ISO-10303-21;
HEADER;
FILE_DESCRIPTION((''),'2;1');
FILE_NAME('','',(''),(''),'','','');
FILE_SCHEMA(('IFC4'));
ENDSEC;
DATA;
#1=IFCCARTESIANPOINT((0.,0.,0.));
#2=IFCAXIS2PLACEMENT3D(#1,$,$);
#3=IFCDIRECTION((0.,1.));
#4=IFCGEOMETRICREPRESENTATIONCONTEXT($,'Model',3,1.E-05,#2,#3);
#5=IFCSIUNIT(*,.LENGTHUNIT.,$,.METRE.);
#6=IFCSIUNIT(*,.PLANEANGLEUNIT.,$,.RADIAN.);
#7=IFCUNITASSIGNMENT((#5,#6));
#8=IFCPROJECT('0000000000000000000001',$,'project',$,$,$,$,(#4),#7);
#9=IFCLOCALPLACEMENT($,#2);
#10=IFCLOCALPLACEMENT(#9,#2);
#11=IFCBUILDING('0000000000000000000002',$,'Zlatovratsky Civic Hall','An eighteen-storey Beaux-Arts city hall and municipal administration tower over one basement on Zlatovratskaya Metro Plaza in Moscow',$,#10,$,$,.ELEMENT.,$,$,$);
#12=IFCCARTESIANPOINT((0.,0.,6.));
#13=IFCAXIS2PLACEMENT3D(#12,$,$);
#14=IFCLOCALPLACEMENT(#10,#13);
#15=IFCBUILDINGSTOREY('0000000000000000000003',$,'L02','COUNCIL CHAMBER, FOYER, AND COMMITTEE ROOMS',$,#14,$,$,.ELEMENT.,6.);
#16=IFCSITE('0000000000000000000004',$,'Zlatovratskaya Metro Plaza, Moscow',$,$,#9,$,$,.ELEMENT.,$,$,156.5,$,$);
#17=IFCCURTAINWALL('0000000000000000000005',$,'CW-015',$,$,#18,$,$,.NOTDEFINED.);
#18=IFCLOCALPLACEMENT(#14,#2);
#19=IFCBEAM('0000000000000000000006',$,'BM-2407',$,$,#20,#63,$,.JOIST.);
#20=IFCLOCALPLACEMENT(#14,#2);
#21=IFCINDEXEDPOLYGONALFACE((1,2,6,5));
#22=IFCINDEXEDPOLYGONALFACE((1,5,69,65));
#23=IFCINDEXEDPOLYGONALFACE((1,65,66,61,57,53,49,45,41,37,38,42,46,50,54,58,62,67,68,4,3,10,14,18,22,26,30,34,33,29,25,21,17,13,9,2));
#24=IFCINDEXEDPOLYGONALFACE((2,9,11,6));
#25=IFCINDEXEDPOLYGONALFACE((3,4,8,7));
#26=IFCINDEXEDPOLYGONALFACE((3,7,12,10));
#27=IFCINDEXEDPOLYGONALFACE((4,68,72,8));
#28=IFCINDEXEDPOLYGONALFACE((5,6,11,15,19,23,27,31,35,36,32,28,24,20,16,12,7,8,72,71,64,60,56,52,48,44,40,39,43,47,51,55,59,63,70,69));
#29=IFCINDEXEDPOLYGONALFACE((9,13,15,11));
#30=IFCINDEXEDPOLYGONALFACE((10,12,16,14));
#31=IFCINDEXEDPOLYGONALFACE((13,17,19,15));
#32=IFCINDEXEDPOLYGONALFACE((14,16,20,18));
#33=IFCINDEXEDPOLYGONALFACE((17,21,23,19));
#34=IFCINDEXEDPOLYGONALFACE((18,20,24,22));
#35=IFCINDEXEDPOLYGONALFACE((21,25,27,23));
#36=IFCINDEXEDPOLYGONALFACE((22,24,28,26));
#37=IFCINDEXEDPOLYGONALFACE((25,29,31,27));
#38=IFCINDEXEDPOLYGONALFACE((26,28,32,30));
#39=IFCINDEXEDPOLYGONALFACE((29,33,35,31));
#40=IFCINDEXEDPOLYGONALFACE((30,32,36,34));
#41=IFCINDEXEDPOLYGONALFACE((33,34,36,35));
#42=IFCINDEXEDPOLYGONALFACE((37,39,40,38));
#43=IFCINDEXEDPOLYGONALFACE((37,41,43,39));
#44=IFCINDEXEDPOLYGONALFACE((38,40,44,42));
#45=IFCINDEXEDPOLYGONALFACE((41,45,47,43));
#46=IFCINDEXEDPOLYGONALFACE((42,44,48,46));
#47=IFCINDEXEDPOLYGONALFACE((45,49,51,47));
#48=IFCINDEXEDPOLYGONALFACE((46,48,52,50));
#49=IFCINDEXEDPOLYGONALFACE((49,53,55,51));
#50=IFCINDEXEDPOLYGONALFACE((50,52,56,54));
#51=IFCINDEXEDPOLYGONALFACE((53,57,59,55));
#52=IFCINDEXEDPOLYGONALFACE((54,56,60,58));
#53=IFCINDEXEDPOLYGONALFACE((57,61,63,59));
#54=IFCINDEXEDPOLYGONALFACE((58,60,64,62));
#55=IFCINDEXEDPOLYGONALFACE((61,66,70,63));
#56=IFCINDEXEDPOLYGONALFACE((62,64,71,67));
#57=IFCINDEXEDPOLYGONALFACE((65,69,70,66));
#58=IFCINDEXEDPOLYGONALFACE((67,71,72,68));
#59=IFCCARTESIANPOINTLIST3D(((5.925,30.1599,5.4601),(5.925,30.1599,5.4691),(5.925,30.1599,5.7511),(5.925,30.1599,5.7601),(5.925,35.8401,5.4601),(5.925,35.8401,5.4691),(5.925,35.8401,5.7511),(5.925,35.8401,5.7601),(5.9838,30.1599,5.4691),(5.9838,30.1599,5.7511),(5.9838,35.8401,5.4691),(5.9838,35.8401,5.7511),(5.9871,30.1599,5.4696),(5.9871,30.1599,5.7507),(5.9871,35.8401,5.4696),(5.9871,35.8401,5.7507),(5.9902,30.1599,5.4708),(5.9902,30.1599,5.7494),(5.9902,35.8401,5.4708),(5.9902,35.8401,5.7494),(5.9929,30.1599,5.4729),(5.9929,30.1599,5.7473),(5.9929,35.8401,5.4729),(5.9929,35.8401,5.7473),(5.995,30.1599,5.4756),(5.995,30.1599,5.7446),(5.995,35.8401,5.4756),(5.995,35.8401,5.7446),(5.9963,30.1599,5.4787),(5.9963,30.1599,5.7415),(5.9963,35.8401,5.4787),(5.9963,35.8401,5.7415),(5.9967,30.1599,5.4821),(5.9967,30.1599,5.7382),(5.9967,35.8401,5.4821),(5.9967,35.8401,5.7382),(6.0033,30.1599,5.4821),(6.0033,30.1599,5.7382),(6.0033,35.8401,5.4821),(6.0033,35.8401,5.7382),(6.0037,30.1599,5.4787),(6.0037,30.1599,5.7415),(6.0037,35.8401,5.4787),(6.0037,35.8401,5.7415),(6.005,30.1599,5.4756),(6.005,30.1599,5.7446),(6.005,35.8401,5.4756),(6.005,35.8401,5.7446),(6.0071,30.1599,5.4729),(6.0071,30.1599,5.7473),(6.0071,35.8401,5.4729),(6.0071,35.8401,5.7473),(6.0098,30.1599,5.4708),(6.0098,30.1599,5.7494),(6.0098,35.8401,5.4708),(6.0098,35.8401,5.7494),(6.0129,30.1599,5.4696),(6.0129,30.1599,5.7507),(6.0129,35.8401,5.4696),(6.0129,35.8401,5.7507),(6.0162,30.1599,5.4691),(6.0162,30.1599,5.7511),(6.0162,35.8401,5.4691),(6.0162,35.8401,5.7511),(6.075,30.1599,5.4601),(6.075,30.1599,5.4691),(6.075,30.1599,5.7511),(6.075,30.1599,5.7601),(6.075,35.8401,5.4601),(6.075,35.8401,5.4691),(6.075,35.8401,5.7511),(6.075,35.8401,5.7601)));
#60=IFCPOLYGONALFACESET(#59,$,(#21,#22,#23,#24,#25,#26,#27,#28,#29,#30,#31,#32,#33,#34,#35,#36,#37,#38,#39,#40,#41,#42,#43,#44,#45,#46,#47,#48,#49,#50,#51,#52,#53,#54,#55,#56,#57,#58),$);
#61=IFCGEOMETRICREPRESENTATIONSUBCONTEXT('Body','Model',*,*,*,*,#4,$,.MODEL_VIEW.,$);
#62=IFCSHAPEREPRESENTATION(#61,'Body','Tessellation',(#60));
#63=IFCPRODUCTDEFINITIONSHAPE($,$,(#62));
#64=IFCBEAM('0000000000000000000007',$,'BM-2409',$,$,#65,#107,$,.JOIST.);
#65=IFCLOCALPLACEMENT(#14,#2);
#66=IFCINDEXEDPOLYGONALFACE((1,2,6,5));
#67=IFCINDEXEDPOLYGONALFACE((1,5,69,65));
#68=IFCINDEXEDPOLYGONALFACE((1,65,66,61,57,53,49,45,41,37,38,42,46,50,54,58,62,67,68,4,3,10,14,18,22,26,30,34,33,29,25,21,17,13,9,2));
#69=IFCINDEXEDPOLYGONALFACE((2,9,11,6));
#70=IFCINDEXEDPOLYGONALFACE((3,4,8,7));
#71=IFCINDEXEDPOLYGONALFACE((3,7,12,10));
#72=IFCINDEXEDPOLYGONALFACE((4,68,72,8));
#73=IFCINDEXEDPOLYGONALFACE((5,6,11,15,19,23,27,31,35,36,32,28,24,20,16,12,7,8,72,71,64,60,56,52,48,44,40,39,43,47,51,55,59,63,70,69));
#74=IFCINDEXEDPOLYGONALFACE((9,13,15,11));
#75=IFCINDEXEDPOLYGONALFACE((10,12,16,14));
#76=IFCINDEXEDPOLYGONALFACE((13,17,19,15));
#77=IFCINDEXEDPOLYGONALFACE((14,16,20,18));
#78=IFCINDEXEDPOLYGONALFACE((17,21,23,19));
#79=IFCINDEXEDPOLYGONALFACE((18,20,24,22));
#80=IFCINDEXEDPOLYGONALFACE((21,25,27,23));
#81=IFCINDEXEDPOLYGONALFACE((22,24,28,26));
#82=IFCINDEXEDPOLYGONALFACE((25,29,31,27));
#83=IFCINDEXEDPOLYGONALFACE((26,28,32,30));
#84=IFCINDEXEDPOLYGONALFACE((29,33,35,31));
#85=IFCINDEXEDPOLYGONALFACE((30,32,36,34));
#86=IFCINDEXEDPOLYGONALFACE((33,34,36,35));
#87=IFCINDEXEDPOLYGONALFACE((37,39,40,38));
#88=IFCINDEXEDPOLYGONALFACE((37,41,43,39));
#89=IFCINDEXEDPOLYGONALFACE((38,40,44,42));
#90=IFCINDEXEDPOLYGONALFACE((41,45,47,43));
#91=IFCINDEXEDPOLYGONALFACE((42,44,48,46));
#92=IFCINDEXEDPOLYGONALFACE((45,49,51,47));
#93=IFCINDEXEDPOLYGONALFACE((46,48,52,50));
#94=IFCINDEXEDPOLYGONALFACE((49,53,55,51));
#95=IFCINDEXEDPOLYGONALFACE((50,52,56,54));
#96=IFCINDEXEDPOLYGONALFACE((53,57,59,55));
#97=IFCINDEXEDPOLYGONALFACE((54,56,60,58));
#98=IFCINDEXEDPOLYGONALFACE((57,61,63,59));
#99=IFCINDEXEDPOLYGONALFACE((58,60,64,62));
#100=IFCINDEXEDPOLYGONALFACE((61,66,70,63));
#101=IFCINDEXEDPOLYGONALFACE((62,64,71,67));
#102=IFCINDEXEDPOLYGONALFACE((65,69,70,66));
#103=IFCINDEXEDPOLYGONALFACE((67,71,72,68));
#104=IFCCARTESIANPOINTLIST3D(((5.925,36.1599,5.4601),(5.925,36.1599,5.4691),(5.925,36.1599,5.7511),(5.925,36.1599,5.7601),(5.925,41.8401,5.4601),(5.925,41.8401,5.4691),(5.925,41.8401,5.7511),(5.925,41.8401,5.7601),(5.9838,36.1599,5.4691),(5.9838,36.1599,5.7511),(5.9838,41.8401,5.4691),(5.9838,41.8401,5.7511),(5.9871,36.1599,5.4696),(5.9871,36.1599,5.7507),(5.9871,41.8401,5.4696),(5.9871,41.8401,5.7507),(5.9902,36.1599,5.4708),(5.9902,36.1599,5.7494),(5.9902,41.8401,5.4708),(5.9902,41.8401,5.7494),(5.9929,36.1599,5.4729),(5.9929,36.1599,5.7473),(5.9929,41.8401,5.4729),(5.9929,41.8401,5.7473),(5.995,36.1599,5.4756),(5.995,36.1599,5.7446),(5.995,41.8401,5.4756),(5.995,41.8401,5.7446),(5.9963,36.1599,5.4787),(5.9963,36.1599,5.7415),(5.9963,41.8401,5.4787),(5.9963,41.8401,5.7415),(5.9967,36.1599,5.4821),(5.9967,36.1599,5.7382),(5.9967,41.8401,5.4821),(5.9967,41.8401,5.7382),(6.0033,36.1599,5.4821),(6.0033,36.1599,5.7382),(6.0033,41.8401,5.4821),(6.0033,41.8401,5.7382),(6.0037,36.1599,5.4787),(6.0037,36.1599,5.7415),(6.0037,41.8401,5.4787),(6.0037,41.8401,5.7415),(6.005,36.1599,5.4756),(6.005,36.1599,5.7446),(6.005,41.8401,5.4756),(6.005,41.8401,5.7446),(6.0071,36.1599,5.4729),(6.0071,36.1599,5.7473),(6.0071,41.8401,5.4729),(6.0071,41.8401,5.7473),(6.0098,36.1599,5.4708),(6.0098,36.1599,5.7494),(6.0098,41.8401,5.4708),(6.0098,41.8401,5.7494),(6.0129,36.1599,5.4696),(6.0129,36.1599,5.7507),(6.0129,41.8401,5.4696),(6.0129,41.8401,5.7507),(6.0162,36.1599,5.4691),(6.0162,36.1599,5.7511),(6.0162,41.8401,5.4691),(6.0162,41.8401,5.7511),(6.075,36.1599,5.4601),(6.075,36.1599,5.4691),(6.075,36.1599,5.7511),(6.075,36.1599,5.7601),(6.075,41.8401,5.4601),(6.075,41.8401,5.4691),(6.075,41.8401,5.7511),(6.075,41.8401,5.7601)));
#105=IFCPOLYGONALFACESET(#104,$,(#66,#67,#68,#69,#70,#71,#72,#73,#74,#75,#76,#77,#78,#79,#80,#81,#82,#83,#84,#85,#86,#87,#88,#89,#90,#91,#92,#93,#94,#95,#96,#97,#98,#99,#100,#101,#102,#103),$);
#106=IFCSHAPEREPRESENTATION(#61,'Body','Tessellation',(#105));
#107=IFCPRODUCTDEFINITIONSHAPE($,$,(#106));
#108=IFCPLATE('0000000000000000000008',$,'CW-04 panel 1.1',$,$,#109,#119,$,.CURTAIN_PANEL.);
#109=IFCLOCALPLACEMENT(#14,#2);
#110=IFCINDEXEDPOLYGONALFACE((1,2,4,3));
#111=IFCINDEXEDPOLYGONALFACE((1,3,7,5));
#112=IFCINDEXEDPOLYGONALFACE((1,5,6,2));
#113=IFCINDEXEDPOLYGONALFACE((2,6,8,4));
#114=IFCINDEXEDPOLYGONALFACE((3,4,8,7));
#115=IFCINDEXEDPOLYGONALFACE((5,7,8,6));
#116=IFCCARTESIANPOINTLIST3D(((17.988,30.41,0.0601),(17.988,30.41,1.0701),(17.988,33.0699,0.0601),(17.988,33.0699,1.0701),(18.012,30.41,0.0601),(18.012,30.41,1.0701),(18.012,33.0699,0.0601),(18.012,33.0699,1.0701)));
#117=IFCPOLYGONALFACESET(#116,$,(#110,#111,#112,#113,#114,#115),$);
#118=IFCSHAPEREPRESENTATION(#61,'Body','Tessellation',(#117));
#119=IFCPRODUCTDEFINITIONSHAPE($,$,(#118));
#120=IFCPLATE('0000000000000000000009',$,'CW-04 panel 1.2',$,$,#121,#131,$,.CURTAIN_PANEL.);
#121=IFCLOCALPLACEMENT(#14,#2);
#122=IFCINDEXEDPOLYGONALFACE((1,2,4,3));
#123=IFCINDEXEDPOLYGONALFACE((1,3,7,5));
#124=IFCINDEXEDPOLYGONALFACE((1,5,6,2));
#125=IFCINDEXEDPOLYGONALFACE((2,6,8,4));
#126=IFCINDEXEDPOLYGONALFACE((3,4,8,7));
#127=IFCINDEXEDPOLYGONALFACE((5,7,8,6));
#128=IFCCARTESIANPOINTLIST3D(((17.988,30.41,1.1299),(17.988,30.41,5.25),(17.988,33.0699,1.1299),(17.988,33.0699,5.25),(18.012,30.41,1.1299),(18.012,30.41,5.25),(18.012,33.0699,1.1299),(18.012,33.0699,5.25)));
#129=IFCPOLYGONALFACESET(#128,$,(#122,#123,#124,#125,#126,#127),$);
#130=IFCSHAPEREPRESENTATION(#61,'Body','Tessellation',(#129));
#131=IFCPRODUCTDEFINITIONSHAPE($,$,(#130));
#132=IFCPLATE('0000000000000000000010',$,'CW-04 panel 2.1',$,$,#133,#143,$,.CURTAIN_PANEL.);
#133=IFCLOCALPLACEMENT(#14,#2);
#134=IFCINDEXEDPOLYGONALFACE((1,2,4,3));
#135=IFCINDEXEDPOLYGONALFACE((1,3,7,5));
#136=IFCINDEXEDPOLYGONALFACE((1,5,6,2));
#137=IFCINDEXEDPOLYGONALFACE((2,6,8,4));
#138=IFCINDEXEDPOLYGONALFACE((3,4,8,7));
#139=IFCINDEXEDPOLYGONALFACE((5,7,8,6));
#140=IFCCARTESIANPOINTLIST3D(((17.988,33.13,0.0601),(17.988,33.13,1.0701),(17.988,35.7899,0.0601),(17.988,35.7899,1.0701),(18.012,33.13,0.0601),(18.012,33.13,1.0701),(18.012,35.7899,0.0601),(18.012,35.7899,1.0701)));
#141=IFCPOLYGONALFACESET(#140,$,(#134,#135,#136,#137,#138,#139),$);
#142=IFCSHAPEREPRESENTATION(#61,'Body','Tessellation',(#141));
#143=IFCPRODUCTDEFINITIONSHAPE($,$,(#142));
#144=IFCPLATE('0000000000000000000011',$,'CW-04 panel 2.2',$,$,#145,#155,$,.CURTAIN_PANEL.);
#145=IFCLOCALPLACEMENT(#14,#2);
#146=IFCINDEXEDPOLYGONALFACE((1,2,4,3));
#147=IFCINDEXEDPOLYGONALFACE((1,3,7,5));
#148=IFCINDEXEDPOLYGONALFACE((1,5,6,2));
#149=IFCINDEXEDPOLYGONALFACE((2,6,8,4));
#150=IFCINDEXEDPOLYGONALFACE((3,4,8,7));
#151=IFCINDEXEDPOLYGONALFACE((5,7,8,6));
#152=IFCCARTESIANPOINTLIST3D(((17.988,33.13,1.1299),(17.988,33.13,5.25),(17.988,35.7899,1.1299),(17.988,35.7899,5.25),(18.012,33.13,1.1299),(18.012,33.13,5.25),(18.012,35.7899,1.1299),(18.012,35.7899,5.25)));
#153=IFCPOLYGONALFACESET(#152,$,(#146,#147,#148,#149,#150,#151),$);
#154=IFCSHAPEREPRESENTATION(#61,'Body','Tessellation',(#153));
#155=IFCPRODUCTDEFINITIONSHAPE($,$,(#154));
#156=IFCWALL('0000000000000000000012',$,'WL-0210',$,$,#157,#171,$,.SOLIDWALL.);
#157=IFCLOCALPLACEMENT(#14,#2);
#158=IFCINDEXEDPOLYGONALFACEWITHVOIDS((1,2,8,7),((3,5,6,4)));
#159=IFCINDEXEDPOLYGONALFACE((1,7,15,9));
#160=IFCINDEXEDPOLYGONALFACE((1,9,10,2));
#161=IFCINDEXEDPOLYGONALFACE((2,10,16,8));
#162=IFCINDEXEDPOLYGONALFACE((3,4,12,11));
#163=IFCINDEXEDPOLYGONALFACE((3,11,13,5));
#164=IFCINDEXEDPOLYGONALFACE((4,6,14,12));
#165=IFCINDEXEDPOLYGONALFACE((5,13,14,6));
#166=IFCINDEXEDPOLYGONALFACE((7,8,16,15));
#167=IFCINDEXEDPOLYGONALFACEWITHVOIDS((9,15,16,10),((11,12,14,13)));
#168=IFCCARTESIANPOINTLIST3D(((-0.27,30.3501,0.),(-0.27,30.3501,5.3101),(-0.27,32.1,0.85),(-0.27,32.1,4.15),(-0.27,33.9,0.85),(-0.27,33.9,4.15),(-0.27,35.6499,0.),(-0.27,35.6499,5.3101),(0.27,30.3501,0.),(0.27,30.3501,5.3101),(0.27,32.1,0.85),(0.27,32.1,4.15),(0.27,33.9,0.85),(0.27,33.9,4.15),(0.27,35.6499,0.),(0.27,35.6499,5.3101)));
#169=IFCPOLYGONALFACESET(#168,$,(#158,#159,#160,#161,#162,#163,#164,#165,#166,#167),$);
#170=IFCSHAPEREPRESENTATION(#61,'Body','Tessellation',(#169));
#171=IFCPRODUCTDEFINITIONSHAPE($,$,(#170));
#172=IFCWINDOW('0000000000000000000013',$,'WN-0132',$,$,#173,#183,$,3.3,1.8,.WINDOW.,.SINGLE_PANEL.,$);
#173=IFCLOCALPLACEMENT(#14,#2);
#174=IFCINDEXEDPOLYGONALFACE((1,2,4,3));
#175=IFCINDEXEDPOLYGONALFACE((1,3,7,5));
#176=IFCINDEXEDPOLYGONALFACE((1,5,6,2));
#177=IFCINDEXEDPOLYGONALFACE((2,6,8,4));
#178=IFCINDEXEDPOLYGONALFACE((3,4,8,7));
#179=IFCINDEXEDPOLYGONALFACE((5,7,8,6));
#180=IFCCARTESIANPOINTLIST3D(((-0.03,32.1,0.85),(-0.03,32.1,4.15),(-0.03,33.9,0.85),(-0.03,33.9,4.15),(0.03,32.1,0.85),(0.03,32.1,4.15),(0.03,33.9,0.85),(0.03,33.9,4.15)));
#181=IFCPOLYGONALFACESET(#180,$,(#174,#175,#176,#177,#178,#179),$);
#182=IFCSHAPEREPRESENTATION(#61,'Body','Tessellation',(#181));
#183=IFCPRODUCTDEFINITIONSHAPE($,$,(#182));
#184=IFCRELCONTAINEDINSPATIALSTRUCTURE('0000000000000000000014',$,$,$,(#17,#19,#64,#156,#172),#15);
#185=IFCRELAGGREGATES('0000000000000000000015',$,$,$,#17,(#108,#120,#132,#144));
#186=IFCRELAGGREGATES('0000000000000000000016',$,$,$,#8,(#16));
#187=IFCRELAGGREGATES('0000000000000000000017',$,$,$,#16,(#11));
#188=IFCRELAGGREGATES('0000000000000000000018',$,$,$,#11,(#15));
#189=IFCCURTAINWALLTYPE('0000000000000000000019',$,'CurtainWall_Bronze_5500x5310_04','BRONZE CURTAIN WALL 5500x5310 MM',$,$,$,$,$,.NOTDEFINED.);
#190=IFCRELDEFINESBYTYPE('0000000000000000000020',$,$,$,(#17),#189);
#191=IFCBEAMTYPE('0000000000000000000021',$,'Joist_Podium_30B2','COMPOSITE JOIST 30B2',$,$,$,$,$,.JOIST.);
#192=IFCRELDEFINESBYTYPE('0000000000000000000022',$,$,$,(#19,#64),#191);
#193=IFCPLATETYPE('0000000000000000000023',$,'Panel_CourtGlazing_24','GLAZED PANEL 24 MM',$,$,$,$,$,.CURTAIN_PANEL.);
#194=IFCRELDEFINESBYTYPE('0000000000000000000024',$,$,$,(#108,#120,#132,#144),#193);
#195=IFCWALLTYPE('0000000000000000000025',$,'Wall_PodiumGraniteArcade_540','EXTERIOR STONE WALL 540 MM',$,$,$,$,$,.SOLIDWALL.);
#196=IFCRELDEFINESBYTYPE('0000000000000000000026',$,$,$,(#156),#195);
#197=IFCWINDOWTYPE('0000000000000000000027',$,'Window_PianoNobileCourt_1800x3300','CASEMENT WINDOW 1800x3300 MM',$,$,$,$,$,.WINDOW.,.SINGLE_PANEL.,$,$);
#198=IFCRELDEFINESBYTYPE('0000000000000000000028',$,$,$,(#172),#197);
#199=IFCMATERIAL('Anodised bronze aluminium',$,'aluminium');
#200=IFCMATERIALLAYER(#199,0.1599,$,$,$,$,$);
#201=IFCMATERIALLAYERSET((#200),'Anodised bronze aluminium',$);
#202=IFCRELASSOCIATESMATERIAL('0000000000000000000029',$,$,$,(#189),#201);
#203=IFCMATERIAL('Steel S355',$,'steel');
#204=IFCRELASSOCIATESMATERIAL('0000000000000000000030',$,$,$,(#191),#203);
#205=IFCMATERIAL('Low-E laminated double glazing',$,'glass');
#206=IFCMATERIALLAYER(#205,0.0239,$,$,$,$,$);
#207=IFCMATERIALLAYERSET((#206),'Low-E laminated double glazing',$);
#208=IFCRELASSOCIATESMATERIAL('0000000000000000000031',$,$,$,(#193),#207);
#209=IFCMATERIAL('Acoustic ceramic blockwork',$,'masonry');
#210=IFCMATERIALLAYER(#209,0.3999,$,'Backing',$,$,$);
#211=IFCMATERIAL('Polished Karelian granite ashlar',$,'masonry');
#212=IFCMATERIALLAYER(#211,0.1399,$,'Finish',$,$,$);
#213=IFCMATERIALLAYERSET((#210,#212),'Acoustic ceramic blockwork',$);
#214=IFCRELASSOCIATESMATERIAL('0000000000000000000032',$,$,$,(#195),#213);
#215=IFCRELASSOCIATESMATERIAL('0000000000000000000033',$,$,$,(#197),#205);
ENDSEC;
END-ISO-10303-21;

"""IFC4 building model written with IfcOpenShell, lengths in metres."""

from ifc_helpers import new_model, si_unit, direction, frame, frame_2d, origin, origin_2d, place, context, subcontext, project, spatial, rectangle, i_section, extrude, material, layer, layer_set, material_profile, profile_set, type_object, element, fill, aggregate, save


model = new_model("IFC4")

# Units and contexts
model_context = context("Model", 3, precision=1e-05, world=origin(), true_north=direction((0.0, 1.0)))
body_context = subcontext(model_context, "Body", "Model", "MODEL_VIEW")
ifc_project = project(units=[si_unit("LENGTHUNIT", "METRE"), si_unit("PLANEANGLEUNIT", "RADIAN")], contexts=[model_context])

# Site, building, storey
site_placement = place(None, origin())
site = spatial("IfcSite", under=ifc_project, at=site_placement, Name="Zlatovratskaya Metro Plaza, Moscow", CompositionType="ELEMENT", RefElevation=156.5)
building_placement = place(site_placement, origin())
building = spatial("IfcBuilding", under=site, at=building_placement, Name="Zlatovratsky Civic Hall", Description="An eighteen-storey Beaux-Arts city hall and municipal administration tower over one basement on Zlatovratskaya Metro Plaza in Moscow", CompositionType="ELEMENT")
storey_placement = place(building_placement, frame((0.0, 0.0, 6.0)))
storey = spatial("IfcBuildingStorey", under=building, at=storey_placement, Name="L02", Description="COUNCIL CHAMBER, FOYER, AND COMMITTEE ROOMS", CompositionType="ELEMENT", Elevation=6.0)

# Shared definitions
ifc_material_1 = material(Name="Steel S355", Category="steel")

# Curtain wall
ifc_material_2 = material(Name="Anodised bronze aluminium", Category="aluminium")
ifc_layer_1 = layer(ifc_material_2, 0.1599)
ifc_layer_set_1 = layer_set([ifc_layer_1], Name="Anodised bronze aluminium")
curtain_wall_type_1 = type_object("IfcCurtainWallType", Name="CurtainWall_Bronze_5500x5310_04", Description="BRONZE CURTAIN WALL 5500x5310 MM", PredefinedType="NOTDEFINED", material=ifc_layer_set_1)
curtain_wall_1_placement = place(storey_placement, origin())
curtain_wall_1 = element("IfcCurtainWall", 1, at=curtain_wall_1_placement, inside=storey, type_object=curtain_wall_type_1, Name="CW-015", PredefinedType="NOTDEFINED")

# Beams
ifc_material_profile_1 = material_profile(ifc_material_1, i_section(OverallWidth=0.1499, OverallDepth=0.3, WebThickness=0.0066, FlangeThickness=0.009, FilletRadius=0.0129, at=origin_2d()), Name="30B2")
ifc_profile_set_1 = profile_set([ifc_material_profile_1], Name="Steel S355")
beam_type_1 = type_object("IfcBeamType", Name="Joist_Podium_30B2", Description="COMPOSITE JOIST 30B2", PredefinedType="JOIST", material=ifc_profile_set_1)
for number, where, z_axis, x_axis, name in (
    (2, (6.0, 30.1599, 5.6101), (0.0, 1.0, 0.0), (-1.0, 0.0, 0.0), "BM-2407"),
    (3, (6.0, 36.1599, 5.6101), (0.0, 1.0, 0.0), (-1.0, 0.0, 0.0), "BM-2409"),
):
    element("IfcBeam", number, at=place(storey_placement, frame(where, z_axis=z_axis, x_axis=x_axis)), inside=storey, type_object=beam_type_1, Name=name, PredefinedType="JOIST", context=body_context, shape_type="SweptSolid", body=[
        extrude(i_section(OverallWidth=0.1499, OverallDepth=0.3, WebThickness=0.0066, FlangeThickness=0.009, FilletRadius=0.0129, at=origin_2d()), origin(), (0.0, 0.0, 1.0), 5.6802),
    ])

# Plates
ifc_material_3 = material(Name="Low-E laminated double glazing", Category="glass")
ifc_layer_2 = layer(ifc_material_3, 0.0239)
ifc_layer_set_2 = layer_set([ifc_layer_2], Name="Low-E laminated double glazing")
plate_type = type_object("IfcPlateType", Name="Panel_CourtGlazing_24", Description="GLAZED PANEL 24 MM", PredefinedType="CURTAIN_PANEL", material=ifc_layer_set_2)
plate_1_placement = place(storey_placement, frame((18.0, 31.74, 0.0601), z_axis=(0.0, 0.0, 1.0), x_axis=(0.0, 1.0, 0.0)))
plate_1 = element("IfcPlate", 4, at=plate_1_placement, type_object=plate_type, Name="CW-04 panel 1.1", PredefinedType="CURTAIN_PANEL", context=body_context, shape_type="SweptSolid", body=[
    extrude(rectangle(XDim=2.6599, YDim=0.0239, at=origin_2d()), origin(), (0.0, 0.0, 1.0), 1.01),
])
plate_2_placement = place(storey_placement, frame((18.0, 31.74, 1.1299), z_axis=(0.0, 0.0, 1.0), x_axis=(0.0, 1.0, 0.0)))
plate_2 = element("IfcPlate", 5, at=plate_2_placement, type_object=plate_type, Name="CW-04 panel 1.2", PredefinedType="CURTAIN_PANEL", context=body_context, shape_type="SweptSolid", body=[
    extrude(rectangle(XDim=2.6599, YDim=0.0239, at=origin_2d()), origin(), (0.0, 0.0, 1.0), 4.1201),
])
plate_3_placement = place(storey_placement, frame((18.0, 34.46, 0.0601), z_axis=(0.0, 0.0, 1.0), x_axis=(0.0, 1.0, 0.0)))
plate_3 = element("IfcPlate", 6, at=plate_3_placement, type_object=plate_type, Name="CW-04 panel 2.1", PredefinedType="CURTAIN_PANEL", context=body_context, shape_type="SweptSolid", body=[
    extrude(rectangle(XDim=2.6599, YDim=0.0239, at=origin_2d()), origin(), (0.0, 0.0, 1.0), 1.01),
])
plate_4_placement = place(storey_placement, frame((18.0, 34.46, 1.1299), z_axis=(0.0, 0.0, 1.0), x_axis=(0.0, 1.0, 0.0)))
plate_4 = element("IfcPlate", 7, at=plate_4_placement, type_object=plate_type, Name="CW-04 panel 2.2", PredefinedType="CURTAIN_PANEL", context=body_context, shape_type="SweptSolid", body=[
    extrude(rectangle(XDim=2.6599, YDim=0.0239, at=origin_2d()), origin(), (0.0, 0.0, 1.0), 4.1201),
])
aggregate(curtain_wall_1, [plate_1, plate_2, plate_3, plate_4])

# Wall, opening, window
ifc_material_4 = material(Name="Acoustic ceramic blockwork", Category="masonry")
ifc_layer_3 = layer(ifc_material_4, 0.3999, Name="Backing")
ifc_material_5 = material(Name="Polished Karelian granite ashlar", Category="masonry")
ifc_layer_4 = layer(ifc_material_5, 0.1399, Name="Finish")
ifc_layer_set_3 = layer_set([ifc_layer_3, ifc_layer_4], Name="Acoustic ceramic blockwork")
wall_type = type_object("IfcWallType", Name="Wall_PodiumGraniteArcade_540", Description="EXTERIOR STONE WALL 540 MM", PredefinedType="SOLIDWALL", material=ifc_layer_set_3)
wall_placement = place(storey_placement, frame((0.0, 30.3501, 0.0), z_axis=(0.0, 0.0, 1.0), x_axis=(0.0, 1.0, 0.0)))
wall = element("IfcWall", 8, at=wall_placement, inside=storey, type_object=wall_type, Name="WL-0210", PredefinedType="SOLIDWALL", context=body_context, shape_type="SweptSolid", body=[
    extrude(rectangle(XDim=5.2998, YDim=0.54, at=frame_2d((2.6499, 0.0))), origin(), (0.0, 0.0, 1.0), 5.3101),
])
opening_placement = place(wall_placement, frame((1.75, 0.0, 0.8501)))
opening = element("IfcOpeningElement", 9, at=opening_placement, cuts=wall, PredefinedType="OPENING", context=body_context, shape_type="SweptSolid", body=[
    extrude(rectangle(XDim=1.8, YDim=3.3, at=frame_2d((0.8999, 1.6499))), frame((0.0, 0.2849, 0.0), z_axis=(0.0, -1.0, 0.0), x_axis=(1.0, 0.0, 0.0)), (0.0, 0.0, 1.0), 0.5698),
])
window_type = type_object("IfcWindowType", Name="Window_PianoNobileCourt_1800x3300", Description="CASEMENT WINDOW 1800x3300 MM", PartitioningType="SINGLE_PANEL", PredefinedType="WINDOW", material=ifc_material_3)
window_placement = place(opening_placement, origin())
window = element("IfcWindow", 10, at=window_placement, inside=storey, type_object=window_type, Name="WN-0132", OverallHeight=3.3, OverallWidth=1.8, PartitioningType="SINGLE_PANEL", PredefinedType="WINDOW", context=body_context, shape_type="SweptSolid", body=[
    extrude(rectangle(XDim=1.8, YDim=3.3, at=frame_2d((0.8999, 1.6499))), frame((0.0, 0.03, 0.0), z_axis=(0.0, -1.0, 0.0), x_axis=(1.0, 0.0, 0.0)), (0.0, 0.0, 1.0), 0.0601),
])
fill(opening, window)

save(model, "model.ifc")
